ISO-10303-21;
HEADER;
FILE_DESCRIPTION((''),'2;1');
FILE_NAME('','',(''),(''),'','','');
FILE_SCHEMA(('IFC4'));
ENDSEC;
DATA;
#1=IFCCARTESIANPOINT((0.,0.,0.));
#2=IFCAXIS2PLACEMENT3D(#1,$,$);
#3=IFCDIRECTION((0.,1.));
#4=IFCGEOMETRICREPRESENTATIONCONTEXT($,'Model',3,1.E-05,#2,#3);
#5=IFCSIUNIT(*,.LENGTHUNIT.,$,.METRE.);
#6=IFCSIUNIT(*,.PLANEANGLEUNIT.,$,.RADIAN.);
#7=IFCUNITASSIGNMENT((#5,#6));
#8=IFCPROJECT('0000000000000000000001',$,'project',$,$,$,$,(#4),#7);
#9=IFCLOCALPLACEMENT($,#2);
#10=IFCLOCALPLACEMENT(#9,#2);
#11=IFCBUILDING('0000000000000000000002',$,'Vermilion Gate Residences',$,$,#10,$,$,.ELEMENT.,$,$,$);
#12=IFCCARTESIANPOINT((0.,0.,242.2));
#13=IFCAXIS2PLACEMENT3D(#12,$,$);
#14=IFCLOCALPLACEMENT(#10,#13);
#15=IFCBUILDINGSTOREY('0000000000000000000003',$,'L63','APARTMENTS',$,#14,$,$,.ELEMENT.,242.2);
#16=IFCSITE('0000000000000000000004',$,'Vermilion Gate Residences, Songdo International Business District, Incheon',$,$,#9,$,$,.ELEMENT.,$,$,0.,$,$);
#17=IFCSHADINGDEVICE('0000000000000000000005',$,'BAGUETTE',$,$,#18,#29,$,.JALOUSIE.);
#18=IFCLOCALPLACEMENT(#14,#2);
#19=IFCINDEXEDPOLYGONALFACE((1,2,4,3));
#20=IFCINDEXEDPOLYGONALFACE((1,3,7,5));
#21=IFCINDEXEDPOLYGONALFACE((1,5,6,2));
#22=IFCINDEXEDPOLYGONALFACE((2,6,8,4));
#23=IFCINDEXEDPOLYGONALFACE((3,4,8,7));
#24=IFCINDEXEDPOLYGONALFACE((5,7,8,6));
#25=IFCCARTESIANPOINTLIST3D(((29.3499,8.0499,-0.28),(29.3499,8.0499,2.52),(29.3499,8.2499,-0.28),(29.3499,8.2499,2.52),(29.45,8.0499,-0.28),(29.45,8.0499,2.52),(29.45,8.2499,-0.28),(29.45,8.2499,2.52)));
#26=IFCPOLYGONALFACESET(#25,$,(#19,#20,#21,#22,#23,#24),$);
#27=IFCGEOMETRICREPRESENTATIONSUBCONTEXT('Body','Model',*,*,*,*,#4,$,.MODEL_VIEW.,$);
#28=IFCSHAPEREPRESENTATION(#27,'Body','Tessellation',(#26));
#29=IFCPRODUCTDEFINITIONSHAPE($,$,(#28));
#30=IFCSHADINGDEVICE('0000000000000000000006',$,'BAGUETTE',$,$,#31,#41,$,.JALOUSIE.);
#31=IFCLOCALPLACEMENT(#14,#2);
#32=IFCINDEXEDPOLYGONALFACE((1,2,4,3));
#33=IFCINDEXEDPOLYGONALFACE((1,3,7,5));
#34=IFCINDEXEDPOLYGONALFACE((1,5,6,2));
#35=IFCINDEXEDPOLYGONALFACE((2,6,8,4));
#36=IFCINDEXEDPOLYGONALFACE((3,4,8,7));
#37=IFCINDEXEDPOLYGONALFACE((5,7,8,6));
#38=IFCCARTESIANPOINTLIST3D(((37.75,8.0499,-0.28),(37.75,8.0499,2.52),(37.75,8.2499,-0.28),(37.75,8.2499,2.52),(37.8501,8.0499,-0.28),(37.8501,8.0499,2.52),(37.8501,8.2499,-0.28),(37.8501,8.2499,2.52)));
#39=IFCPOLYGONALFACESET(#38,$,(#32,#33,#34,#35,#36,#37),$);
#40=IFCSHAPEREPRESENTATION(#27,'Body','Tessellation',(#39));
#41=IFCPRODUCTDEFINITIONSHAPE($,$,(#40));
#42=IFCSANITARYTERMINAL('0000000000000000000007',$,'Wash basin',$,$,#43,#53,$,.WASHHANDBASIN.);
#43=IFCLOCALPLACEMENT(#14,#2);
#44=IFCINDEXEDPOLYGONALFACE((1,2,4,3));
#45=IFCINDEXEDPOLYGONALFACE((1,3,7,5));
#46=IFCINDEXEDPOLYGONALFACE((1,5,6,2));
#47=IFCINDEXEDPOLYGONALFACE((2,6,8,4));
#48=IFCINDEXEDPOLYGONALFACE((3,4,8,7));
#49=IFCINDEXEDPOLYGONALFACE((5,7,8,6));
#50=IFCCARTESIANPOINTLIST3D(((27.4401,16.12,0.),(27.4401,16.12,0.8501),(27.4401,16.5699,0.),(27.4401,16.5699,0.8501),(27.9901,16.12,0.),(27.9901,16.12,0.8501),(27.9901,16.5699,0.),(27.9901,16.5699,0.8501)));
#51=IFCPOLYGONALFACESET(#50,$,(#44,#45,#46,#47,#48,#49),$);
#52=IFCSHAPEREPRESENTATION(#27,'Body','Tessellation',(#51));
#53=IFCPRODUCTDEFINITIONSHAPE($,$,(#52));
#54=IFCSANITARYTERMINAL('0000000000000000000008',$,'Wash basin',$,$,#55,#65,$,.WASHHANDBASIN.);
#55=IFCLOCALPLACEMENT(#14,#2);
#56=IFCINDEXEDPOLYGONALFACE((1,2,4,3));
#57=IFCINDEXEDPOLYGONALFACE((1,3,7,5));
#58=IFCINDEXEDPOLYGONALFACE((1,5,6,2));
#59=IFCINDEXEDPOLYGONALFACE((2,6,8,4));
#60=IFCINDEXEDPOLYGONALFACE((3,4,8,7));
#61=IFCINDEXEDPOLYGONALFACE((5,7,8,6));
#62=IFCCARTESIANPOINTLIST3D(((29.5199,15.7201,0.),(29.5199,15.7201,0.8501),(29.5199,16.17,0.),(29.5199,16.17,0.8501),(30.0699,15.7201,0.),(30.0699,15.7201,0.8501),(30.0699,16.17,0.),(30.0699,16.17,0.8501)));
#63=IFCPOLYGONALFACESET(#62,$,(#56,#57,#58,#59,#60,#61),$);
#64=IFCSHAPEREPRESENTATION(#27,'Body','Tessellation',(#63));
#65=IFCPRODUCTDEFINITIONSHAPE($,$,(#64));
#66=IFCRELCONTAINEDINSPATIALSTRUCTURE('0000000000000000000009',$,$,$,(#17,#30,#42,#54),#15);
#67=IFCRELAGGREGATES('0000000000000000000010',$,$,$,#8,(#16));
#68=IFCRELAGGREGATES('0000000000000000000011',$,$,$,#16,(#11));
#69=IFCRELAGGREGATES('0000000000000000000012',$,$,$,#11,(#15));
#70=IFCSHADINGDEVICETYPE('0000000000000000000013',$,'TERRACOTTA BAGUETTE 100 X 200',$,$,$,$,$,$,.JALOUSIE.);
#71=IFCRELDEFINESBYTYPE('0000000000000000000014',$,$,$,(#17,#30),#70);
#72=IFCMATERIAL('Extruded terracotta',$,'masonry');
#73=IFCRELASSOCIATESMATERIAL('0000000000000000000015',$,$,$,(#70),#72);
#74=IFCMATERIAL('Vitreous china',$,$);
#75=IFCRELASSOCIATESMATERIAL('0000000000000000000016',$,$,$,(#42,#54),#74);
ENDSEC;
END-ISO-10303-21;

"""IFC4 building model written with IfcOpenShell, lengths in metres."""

from ifc_helpers import new_model, si_unit, direction, frame, origin, origin_2d, place, context, subcontext, project, spatial, rectangle, extrude, material, material_profile, profile_set, type_object, element, save


model = new_model("IFC4")

# Units and contexts
model_context = context("Model", 3, precision=1e-05, world=origin(), true_north=direction((0.0, 1.0)))
body_context = subcontext(model_context, "Body", "Model", "MODEL_VIEW")
ifc_project = project(units=[si_unit("LENGTHUNIT", "METRE"), si_unit("PLANEANGLEUNIT", "RADIAN")], contexts=[model_context])

# Site, building, storey
site_placement = place(None, origin())
site = spatial("IfcSite", under=ifc_project, at=site_placement, Name="Vermilion Gate Residences, Songdo International Business District, Incheon", CompositionType="ELEMENT", RefElevation=0.0)
building_placement = place(site_placement, origin())
building = spatial("IfcBuilding", under=site, at=building_placement, Name="Vermilion Gate Residences", CompositionType="ELEMENT")
storey_placement = place(building_placement, frame((0.0, 0.0, 242.2)))
storey = spatial("IfcBuildingStorey", under=building, at=storey_placement, Name="L63", Description="APARTMENTS", CompositionType="ELEMENT", Elevation=242.2)

# Shading devices
ifc_material_1 = material(Name="Extruded terracotta", Category="masonry")
ifc_material_profile_1 = material_profile(ifc_material_1, rectangle(XDim=0.2, YDim=0.1001, at=origin_2d()), Name="BAGUETTE 100 X 200")
ifc_profile_set_1 = profile_set([ifc_material_profile_1], Name="Extruded terracotta")
shading_device_type = type_object("IfcShadingDeviceType", Name="TERRACOTTA BAGUETTE 100 X 200", PredefinedType="JALOUSIE", material=ifc_profile_set_1)
for number, where, z_axis, x_axis, name in (
    (1, (29.3999, 8.1499, -0.28), (0.0, 0.0, 1.0), (0.0, 1.0, 0.0), "BAGUETTE"),
    (2, (37.8, 8.1499, -0.28), (0.0, 0.0, 1.0), (0.0, 1.0, 0.0), "BAGUETTE"),
):
    element("IfcShadingDevice", number, at=place(storey_placement, frame(where, z_axis=z_axis, x_axis=x_axis)), inside=storey, type_object=shading_device_type, Name=name, PredefinedType="JALOUSIE", context=body_context, shape_type="SweptSolid", body=[
        extrude(rectangle(XDim=0.2, YDim=0.1001, at=origin_2d()), origin(), (0.0, 0.0, 1.0), 2.8),
    ])

# Sanitary terminals
ifc_material_2 = material(Name="Vitreous china")
for number, where, z_axis, x_axis, name in (
    (3, (27.7151, 16.345, 0.0), (0.0, 0.0, 1.0), (1.0, 0.0, 0.0), "Wash basin"),
    (4, (29.7949, 15.9451, 0.0), (0.0, 0.0, 1.0), (1.0, 0.0, 0.0), "Wash basin"),
):
    element("IfcSanitaryTerminal", number, at=place(storey_placement, frame(where, z_axis=z_axis, x_axis=x_axis)), inside=storey, material=ifc_material_2, Name=name, PredefinedType="WASHHANDBASIN", context=body_context, shape_type="SweptSolid", body=[
        extrude(rectangle(XDim=0.55, YDim=0.45, at=origin_2d()), origin(), (0.0, 0.0, 1.0), 0.8501),
    ])

save(model, "model.ifc")
